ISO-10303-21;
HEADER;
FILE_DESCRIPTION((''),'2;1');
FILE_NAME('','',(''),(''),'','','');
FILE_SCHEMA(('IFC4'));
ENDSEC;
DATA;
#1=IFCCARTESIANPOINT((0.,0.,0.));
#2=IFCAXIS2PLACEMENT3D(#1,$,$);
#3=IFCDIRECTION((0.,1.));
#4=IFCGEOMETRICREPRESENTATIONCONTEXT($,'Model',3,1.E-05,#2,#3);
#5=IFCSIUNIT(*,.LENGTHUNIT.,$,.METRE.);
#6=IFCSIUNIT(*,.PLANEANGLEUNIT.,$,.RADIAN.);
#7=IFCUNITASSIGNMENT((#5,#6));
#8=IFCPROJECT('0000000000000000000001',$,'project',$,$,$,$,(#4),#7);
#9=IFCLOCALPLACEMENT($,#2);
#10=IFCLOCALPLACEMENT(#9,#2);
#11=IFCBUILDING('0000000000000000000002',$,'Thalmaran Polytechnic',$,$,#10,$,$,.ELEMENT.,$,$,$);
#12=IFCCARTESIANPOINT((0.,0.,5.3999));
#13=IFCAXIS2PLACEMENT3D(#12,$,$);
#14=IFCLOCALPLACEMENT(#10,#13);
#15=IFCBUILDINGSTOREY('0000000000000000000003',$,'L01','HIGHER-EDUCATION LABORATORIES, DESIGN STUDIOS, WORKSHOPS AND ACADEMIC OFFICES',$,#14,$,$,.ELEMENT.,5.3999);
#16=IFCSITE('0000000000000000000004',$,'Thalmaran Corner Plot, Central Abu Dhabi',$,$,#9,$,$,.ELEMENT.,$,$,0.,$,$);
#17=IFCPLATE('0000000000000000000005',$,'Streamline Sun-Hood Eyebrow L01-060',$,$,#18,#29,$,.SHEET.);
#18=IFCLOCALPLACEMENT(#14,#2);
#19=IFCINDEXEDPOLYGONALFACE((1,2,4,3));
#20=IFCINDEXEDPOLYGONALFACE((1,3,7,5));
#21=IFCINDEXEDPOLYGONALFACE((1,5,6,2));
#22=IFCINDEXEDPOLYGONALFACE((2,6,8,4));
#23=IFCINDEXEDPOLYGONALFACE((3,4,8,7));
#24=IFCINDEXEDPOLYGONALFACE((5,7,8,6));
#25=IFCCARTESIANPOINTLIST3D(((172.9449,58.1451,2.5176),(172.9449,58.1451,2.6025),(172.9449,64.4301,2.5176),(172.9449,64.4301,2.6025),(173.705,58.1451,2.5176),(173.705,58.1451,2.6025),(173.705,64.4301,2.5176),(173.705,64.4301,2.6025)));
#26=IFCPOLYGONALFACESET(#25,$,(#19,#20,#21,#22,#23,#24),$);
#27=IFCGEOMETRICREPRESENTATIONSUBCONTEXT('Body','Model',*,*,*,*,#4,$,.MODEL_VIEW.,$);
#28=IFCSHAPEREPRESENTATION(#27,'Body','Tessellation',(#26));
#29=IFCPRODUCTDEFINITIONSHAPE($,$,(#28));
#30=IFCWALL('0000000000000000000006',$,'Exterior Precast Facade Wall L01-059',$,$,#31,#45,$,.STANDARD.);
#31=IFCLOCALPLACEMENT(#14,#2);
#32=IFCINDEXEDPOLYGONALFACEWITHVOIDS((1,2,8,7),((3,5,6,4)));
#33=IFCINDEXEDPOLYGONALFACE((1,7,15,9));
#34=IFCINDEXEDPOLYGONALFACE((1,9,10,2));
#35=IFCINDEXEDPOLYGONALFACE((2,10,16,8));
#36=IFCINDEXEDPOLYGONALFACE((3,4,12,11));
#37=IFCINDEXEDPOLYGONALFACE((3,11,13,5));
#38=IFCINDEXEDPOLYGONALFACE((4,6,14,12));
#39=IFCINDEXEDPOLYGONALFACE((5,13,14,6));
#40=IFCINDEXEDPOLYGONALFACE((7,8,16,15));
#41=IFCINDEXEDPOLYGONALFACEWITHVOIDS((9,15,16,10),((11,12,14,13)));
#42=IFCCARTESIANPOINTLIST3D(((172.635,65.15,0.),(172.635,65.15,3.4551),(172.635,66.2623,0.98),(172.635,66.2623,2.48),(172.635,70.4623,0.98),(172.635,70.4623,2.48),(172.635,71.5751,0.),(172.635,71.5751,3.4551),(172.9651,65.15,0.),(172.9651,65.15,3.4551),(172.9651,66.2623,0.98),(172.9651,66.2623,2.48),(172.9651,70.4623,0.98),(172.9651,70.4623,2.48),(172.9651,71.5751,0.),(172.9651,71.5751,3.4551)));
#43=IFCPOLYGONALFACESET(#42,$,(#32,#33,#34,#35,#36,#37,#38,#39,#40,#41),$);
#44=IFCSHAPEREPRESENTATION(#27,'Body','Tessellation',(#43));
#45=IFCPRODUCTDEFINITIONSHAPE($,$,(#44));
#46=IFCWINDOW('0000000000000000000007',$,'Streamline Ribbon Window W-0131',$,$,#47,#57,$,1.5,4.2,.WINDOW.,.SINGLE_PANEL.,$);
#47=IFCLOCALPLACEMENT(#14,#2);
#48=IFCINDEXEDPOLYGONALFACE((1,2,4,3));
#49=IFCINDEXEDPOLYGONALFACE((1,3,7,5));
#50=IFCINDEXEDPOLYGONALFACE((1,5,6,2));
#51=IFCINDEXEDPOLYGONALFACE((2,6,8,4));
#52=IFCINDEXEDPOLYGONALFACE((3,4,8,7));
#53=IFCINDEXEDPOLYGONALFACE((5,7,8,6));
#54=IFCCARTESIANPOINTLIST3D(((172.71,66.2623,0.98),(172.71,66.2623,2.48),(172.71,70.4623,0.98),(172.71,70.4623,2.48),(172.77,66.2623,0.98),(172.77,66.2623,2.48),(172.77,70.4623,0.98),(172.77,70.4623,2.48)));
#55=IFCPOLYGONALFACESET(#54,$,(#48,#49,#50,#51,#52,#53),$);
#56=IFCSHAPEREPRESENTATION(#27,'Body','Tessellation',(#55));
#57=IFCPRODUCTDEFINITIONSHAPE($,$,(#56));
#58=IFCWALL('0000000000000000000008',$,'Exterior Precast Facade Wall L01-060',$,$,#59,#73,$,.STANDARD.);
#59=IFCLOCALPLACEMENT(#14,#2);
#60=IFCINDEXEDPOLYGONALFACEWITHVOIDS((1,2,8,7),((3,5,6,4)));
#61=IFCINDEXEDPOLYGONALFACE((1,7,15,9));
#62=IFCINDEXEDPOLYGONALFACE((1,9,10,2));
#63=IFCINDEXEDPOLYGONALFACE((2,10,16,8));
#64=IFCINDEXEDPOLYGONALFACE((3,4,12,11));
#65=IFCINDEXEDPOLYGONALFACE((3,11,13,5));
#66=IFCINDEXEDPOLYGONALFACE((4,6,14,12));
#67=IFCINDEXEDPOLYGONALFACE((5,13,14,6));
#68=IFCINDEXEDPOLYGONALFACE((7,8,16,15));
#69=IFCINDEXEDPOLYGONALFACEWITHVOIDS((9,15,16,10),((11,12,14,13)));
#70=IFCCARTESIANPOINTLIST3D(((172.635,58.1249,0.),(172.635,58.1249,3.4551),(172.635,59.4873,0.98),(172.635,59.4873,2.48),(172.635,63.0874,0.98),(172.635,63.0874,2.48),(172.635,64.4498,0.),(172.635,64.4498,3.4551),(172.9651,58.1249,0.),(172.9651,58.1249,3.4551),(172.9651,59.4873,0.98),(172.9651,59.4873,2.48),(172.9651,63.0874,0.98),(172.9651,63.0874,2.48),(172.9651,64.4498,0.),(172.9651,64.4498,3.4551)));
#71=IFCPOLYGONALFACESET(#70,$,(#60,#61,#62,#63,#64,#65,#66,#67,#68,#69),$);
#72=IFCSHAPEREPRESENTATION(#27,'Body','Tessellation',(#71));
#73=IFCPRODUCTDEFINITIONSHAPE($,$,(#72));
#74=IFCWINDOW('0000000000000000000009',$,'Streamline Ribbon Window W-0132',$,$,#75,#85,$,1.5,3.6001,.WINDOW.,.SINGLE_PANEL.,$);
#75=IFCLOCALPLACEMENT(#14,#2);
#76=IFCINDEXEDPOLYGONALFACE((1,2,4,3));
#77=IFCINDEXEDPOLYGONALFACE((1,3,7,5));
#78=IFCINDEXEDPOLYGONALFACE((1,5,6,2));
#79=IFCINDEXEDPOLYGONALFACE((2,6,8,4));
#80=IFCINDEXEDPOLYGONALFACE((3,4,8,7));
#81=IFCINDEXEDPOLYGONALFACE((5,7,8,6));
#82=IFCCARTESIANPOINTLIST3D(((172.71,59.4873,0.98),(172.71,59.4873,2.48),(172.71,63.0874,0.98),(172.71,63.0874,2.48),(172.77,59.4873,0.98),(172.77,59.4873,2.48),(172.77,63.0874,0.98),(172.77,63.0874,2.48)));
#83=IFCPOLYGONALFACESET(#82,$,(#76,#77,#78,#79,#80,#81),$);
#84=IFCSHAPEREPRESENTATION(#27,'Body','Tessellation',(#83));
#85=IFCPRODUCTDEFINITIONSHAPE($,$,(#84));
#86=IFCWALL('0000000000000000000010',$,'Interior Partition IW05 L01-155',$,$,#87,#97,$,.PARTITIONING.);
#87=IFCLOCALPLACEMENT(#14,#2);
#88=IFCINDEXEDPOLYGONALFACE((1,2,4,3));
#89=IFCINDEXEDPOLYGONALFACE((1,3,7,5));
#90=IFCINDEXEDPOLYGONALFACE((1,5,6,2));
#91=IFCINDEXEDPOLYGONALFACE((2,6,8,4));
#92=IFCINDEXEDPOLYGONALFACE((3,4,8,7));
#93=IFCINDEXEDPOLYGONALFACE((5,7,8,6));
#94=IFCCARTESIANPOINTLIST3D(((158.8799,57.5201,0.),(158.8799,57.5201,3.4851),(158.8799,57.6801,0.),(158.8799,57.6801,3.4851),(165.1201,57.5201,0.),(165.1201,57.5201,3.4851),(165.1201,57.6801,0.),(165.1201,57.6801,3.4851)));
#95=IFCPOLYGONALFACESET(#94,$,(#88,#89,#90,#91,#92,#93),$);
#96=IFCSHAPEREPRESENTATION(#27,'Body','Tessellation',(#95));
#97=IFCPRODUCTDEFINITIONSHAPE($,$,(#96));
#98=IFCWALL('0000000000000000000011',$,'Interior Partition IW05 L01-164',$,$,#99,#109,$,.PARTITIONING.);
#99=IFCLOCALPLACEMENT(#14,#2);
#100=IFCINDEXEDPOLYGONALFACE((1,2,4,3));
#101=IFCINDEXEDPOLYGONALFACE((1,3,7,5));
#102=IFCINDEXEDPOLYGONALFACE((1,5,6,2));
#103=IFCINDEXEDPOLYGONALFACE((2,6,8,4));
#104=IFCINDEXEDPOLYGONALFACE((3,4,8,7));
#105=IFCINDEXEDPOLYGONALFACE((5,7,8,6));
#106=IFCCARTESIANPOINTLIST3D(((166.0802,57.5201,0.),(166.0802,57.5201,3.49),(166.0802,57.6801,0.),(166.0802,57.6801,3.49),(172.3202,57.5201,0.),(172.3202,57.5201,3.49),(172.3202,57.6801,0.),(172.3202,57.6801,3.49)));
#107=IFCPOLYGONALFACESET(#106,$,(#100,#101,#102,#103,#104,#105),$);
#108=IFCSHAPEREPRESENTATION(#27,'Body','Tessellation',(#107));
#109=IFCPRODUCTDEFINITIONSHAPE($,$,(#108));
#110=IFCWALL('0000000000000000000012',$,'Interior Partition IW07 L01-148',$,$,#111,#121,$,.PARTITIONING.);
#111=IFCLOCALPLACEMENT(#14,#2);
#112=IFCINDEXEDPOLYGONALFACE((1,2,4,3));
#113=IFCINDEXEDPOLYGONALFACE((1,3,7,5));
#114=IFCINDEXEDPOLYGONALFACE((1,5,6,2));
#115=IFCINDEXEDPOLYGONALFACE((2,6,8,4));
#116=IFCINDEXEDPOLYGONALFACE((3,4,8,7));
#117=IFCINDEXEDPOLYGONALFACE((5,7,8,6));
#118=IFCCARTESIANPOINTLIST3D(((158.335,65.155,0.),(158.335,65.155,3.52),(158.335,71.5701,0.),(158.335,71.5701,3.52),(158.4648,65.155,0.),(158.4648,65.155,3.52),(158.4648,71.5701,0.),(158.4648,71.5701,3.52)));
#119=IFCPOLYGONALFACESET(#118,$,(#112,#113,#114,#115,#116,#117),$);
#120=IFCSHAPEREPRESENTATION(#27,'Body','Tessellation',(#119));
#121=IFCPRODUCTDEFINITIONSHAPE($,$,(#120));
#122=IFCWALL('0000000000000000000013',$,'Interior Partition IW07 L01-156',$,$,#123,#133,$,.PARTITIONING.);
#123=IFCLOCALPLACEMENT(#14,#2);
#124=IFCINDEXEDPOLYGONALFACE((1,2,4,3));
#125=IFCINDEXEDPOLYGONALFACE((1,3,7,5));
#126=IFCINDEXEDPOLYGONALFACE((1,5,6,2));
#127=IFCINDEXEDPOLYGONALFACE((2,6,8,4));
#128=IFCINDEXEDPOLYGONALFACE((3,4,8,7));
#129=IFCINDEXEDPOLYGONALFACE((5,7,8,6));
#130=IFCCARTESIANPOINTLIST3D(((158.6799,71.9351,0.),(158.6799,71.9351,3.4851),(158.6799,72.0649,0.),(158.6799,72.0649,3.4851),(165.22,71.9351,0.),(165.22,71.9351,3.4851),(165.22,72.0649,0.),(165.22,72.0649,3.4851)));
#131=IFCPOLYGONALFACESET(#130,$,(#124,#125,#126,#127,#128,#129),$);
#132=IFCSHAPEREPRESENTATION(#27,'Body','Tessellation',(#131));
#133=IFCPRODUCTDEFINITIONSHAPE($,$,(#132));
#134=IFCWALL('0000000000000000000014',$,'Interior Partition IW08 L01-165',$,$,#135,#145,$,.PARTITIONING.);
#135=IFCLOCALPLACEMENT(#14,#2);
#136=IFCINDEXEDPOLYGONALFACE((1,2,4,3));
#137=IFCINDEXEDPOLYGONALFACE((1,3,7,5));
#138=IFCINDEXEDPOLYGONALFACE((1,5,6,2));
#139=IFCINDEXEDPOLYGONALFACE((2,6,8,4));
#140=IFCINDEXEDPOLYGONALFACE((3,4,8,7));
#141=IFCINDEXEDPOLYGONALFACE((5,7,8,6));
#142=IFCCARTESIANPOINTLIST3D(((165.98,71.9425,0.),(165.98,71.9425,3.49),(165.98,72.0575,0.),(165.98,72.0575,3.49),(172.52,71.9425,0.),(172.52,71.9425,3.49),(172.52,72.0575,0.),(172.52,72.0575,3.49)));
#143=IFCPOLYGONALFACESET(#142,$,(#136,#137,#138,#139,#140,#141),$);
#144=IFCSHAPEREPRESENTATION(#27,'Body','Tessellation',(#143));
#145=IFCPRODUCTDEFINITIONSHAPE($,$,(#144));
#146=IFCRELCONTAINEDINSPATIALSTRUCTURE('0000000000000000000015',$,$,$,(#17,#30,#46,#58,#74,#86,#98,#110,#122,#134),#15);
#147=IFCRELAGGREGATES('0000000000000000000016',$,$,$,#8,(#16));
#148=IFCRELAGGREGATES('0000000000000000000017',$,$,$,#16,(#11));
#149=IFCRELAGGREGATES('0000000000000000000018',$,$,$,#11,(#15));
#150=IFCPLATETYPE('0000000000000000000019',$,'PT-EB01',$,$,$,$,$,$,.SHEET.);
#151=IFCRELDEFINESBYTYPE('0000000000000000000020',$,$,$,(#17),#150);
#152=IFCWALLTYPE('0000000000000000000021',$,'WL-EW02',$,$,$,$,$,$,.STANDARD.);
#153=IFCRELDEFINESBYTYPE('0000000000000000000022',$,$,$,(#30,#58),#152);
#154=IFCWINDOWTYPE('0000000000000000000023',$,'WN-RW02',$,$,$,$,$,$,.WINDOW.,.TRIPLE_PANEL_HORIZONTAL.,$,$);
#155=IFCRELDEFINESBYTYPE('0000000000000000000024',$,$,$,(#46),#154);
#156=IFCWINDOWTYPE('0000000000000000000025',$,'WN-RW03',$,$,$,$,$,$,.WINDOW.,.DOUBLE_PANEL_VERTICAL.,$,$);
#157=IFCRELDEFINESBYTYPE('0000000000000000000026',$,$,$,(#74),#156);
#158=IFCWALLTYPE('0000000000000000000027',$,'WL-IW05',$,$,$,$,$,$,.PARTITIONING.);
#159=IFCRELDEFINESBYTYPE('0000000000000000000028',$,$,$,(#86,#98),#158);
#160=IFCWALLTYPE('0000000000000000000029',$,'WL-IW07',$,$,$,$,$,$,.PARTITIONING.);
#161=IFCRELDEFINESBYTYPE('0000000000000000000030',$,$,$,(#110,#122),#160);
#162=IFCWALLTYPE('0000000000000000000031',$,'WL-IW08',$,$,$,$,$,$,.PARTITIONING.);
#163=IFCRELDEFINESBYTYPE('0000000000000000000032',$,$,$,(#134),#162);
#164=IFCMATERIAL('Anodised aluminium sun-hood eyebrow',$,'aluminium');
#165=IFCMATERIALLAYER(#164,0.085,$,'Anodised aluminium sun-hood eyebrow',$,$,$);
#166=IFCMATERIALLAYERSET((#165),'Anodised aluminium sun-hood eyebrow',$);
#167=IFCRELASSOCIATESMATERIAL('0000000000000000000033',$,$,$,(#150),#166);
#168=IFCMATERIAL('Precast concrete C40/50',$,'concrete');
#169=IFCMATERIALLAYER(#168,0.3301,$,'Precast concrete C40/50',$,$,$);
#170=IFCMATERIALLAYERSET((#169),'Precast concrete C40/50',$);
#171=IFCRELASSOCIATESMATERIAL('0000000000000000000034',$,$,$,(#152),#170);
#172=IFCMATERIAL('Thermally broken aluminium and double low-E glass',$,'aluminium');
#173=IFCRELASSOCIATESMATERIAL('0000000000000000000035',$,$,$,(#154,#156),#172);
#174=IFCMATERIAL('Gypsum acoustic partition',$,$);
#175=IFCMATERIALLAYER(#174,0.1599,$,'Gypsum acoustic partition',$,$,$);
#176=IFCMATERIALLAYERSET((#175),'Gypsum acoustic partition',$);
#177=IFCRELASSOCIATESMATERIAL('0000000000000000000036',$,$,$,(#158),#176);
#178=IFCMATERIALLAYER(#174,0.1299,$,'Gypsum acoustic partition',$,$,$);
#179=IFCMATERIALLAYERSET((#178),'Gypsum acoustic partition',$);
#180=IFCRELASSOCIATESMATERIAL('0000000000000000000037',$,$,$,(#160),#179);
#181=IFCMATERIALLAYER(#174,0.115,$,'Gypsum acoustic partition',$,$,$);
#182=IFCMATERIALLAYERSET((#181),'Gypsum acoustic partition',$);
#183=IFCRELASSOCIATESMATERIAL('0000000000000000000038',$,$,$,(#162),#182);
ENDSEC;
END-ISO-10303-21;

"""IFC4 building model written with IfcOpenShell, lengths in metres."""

from ifc_helpers import new_model, si_unit, direction, frame, frame_2d, origin, origin_2d, place, context, subcontext, project, spatial, rectangle, extrude, material, layer, layer_set, type_object, element, fill, save


model = new_model("IFC4")

# Units and contexts
model_context = context("Model", 3, precision=1e-05, world=origin(), true_north=direction((0.0, 1.0)))
body_context = subcontext(model_context, "Body", "Model", "MODEL_VIEW")
ifc_project = project(units=[si_unit("LENGTHUNIT", "METRE"), si_unit("PLANEANGLEUNIT", "RADIAN")], contexts=[model_context])

# Site, building, storey
site_placement = place(None, origin())
site = spatial("IfcSite", under=ifc_project, at=site_placement, Name="Thalmaran Corner Plot, Central Abu Dhabi", CompositionType="ELEMENT", RefElevation=0.0)
building_placement = place(site_placement, origin())
building = spatial("IfcBuilding", under=site, at=building_placement, Name="Thalmaran Polytechnic", CompositionType="ELEMENT")
storey_placement = place(building_placement, frame((0.0, 0.0, 5.3999)))
storey = spatial("IfcBuildingStorey", under=building, at=storey_placement, Name="L01", Description="HIGHER-EDUCATION LABORATORIES, DESIGN STUDIOS, WORKSHOPS AND ACADEMIC OFFICES", CompositionType="ELEMENT", Elevation=5.3999)

# Plate
ifc_material_1 = material(Name="Anodised aluminium sun-hood eyebrow", Category="aluminium")
ifc_layer_1 = layer(ifc_material_1, 0.085, Name="Anodised aluminium sun-hood eyebrow")
ifc_layer_set_1 = layer_set([ifc_layer_1], Name="Anodised aluminium sun-hood eyebrow")
plate_type_1 = type_object("IfcPlateType", Name="PT-EB01", PredefinedType="SHEET", material=ifc_layer_set_1)
plate_1_placement = place(storey_placement, frame((173.325, 61.2876, 2.5176), z_axis=(0.0, 0.0, 1.0), x_axis=(0.0, -1.0, 0.0)))
element("IfcPlate", 1, at=plate_1_placement, inside=storey, type_object=plate_type_1, Name="Streamline Sun-Hood Eyebrow L01-060", PredefinedType="SHEET", context=body_context, shape_type="SweptSolid", body=[
    extrude(rectangle(XDim=6.2849, YDim=0.76, at=origin_2d()), origin(), (0.0, 0.0, 1.0), 0.085),
])

# Walls, openings, windows
ifc_material_2 = material(Name="Precast concrete C40/50", Category="concrete")
ifc_layer_2 = layer(ifc_material_2, 0.3301, Name="Precast concrete C40/50")
ifc_layer_set_2 = layer_set([ifc_layer_2], Name="Precast concrete C40/50")
wall_type_1 = type_object("IfcWallType", Name="WL-EW02", PredefinedType="STANDARD", material=ifc_layer_set_2)
wall_1_placement = place(storey_placement, frame((172.8, 71.575, 0.0), z_axis=(0.0, 0.0, 1.0), x_axis=(0.0, -1.0, 0.0)))
wall_1 = element("IfcWall", 2, at=wall_1_placement, inside=storey, type_object=wall_type_1, Name="Exterior Precast Facade Wall L01-059", PredefinedType="STANDARD", context=body_context, shape_type="SweptSolid", body=[
    extrude(rectangle(XDim=6.425, YDim=0.3301, at=frame_2d((3.2124, 0.0))), origin(), (0.0, 0.0, 1.0), 3.4551),
])
opening_1_placement = place(wall_1_placement, frame((1.1125, 0.0, 0.98)))
opening_1 = element("IfcOpeningElement", 3, at=opening_1_placement, cuts=wall_1, PredefinedType="OPENING", context=body_context, shape_type="SweptSolid", body=[
    extrude(rectangle(XDim=4.2, YDim=1.5, at=frame_2d((2.1001, 0.75))), frame((0.0, 0.175, 0.0), z_axis=(0.0, -1.0, 0.0), x_axis=(1.0, 0.0, 0.0)), (0.0, 0.0, 1.0), 0.3501),
])
ifc_material_3 = material(Name="Thermally broken aluminium and double low-E glass", Category="aluminium")
window_type_1 = type_object("IfcWindowType", Name="WN-RW02", PartitioningType="TRIPLE_PANEL_HORIZONTAL", PredefinedType="WINDOW", material=ifc_material_3)
window_1_placement = place(opening_1_placement, origin())
window_1 = element("IfcWindow", 4, at=window_1_placement, inside=storey, type_object=window_type_1, Name="Streamline Ribbon Window W-0131", OverallHeight=1.5, OverallWidth=4.2, PartitioningType="SINGLE_PANEL", PredefinedType="WINDOW", context=body_context, shape_type="SweptSolid", body=[
    extrude(rectangle(XDim=4.2, YDim=1.5, at=frame_2d((2.1001, 0.75))), frame((0.0, -0.03, 0.0), z_axis=(0.0, -1.0, 0.0), x_axis=(1.0, 0.0, 0.0)), (0.0, 0.0, 1.0), 0.0601),
])
fill(opening_1, window_1)
wall_2_placement = place(storey_placement, frame((172.8, 64.45, 0.0), z_axis=(0.0, 0.0, 1.0), x_axis=(0.0, -1.0, 0.0)))
wall_2 = element("IfcWall", 5, at=wall_2_placement, inside=storey, type_object=wall_type_1, Name="Exterior Precast Facade Wall L01-060", PredefinedType="STANDARD", context=body_context, shape_type="SweptSolid", body=[
    extrude(rectangle(XDim=6.325, YDim=0.3301, at=frame_2d((3.1626, 0.0))), origin(), (0.0, 0.0, 1.0), 3.4551),
])
opening_2_placement = place(wall_2_placement, frame((1.3625, 0.0, 0.98)))
opening_2 = element("IfcOpeningElement", 6, at=opening_2_placement, cuts=wall_2, PredefinedType="OPENING", context=body_context, shape_type="SweptSolid", body=[
    extrude(rectangle(XDim=3.6001, YDim=1.5, at=frame_2d((1.8, 0.75))), frame((0.0, 0.175, 0.0), z_axis=(0.0, -1.0, 0.0), x_axis=(1.0, 0.0, 0.0)), (0.0, 0.0, 1.0), 0.3501),
])
window_type_2 = type_object("IfcWindowType", Name="WN-RW03", PartitioningType="DOUBLE_PANEL_VERTICAL", PredefinedType="WINDOW", material=ifc_material_3)
window_2_placement = place(opening_2_placement, origin())
window_2 = element("IfcWindow", 7, at=window_2_placement, inside=storey, type_object=window_type_2, Name="Streamline Ribbon Window W-0132", OverallHeight=1.5, OverallWidth=3.6001, PartitioningType="SINGLE_PANEL", PredefinedType="WINDOW", context=body_context, shape_type="SweptSolid", body=[
    extrude(rectangle(XDim=3.6001, YDim=1.5, at=frame_2d((1.8, 0.75))), frame((0.0, -0.03, 0.0), z_axis=(0.0, -1.0, 0.0), x_axis=(1.0, 0.0, 0.0)), (0.0, 0.0, 1.0), 0.0601),
])
fill(opening_2, window_2)

# Walls
ifc_material_4 = material(Name="Gypsum acoustic partition")
ifc_layer_3 = layer(ifc_material_4, 0.1599, Name="Gypsum acoustic partition")
ifc_layer_set_3 = layer_set([ifc_layer_3], Name="Gypsum acoustic partition")
wall_type_2 = type_object("IfcWallType", Name="WL-IW05", PredefinedType="PARTITIONING", material=ifc_layer_set_3)
wall_3_placement = place(storey_placement, frame((158.8799, 57.6001, 0.0), z_axis=(0.0, 0.0, 1.0), x_axis=(1.0, 0.0, 0.0)))
element("IfcWall", 8, at=wall_3_placement, inside=storey, type_object=wall_type_2, Name="Interior Partition IW05 L01-155", PredefinedType="PARTITIONING", context=body_context, shape_type="SweptSolid", body=[
    extrude(rectangle(XDim=6.2402, YDim=0.1599, at=frame_2d((3.1201, 0.0))), origin(), (0.0, 0.0, 1.0), 3.4851),
])
wall_4_placement = place(storey_placement, frame((166.0801, 57.6001, 0.0), z_axis=(0.0, 0.0, 1.0), x_axis=(1.0, 0.0, 0.0)))
element("IfcWall", 9, at=wall_4_placement, inside=storey, type_object=wall_type_2, Name="Interior Partition IW05 L01-164", PredefinedType="PARTITIONING", context=body_context, shape_type="SweptSolid", body=[
    extrude(rectangle(XDim=6.24, YDim=0.1599, at=frame_2d((3.1201, 0.0))), origin(), (0.0, 0.0, 1.0), 3.49),
])
ifc_layer_4 = layer(ifc_material_4, 0.1299, Name="Gypsum acoustic partition")
ifc_layer_set_4 = layer_set([ifc_layer_4], Name="Gypsum acoustic partition")
wall_type_3 = type_object("IfcWallType", Name="WL-IW07", PredefinedType="PARTITIONING", material=ifc_layer_set_4)
wall_5_placement = place(storey_placement, frame((158.3999, 65.155, 0.0), z_axis=(0.0, 0.0, 1.0), x_axis=(0.0, 1.0, 0.0)))
element("IfcWall", 10, at=wall_5_placement, inside=storey, type_object=wall_type_3, Name="Interior Partition IW07 L01-148", PredefinedType="PARTITIONING", context=body_context, shape_type="SweptSolid", body=[
    extrude(rectangle(XDim=6.415, YDim=0.1299, at=frame_2d((3.2075, 0.0))), origin(), (0.0, 0.0, 1.0), 3.52),
])
wall_6_placement = place(storey_placement, frame((158.6799, 72.0, 0.0), z_axis=(0.0, 0.0, 1.0), x_axis=(1.0, 0.0, 0.0)))
element("IfcWall", 11, at=wall_6_placement, inside=storey, type_object=wall_type_3, Name="Interior Partition IW07 L01-156", PredefinedType="PARTITIONING", context=body_context, shape_type="SweptSolid", body=[
    extrude(rectangle(XDim=6.54, YDim=0.1299, at=frame_2d((3.27, 0.0))), origin(), (0.0, 0.0, 1.0), 3.4851),
])
ifc_layer_5 = layer(ifc_material_4, 0.115, Name="Gypsum acoustic partition")
ifc_layer_set_5 = layer_set([ifc_layer_5], Name="Gypsum acoustic partition")
wall_type_4 = type_object("IfcWallType", Name="WL-IW08", PredefinedType="PARTITIONING", material=ifc_layer_set_5)
wall_7_placement = place(storey_placement, frame((165.98, 72.0, 0.0), z_axis=(0.0, 0.0, 1.0), x_axis=(1.0, 0.0, 0.0)))
element("IfcWall", 12, at=wall_7_placement, inside=storey, type_object=wall_type_4, Name="Interior Partition IW08 L01-165", PredefinedType="PARTITIONING", context=body_context, shape_type="SweptSolid", body=[
    extrude(rectangle(XDim=6.54, YDim=0.115, at=frame_2d((3.27, 0.0))), origin(), (0.0, 0.0, 1.0), 3.49),
])

save(model, "model.ifc")
